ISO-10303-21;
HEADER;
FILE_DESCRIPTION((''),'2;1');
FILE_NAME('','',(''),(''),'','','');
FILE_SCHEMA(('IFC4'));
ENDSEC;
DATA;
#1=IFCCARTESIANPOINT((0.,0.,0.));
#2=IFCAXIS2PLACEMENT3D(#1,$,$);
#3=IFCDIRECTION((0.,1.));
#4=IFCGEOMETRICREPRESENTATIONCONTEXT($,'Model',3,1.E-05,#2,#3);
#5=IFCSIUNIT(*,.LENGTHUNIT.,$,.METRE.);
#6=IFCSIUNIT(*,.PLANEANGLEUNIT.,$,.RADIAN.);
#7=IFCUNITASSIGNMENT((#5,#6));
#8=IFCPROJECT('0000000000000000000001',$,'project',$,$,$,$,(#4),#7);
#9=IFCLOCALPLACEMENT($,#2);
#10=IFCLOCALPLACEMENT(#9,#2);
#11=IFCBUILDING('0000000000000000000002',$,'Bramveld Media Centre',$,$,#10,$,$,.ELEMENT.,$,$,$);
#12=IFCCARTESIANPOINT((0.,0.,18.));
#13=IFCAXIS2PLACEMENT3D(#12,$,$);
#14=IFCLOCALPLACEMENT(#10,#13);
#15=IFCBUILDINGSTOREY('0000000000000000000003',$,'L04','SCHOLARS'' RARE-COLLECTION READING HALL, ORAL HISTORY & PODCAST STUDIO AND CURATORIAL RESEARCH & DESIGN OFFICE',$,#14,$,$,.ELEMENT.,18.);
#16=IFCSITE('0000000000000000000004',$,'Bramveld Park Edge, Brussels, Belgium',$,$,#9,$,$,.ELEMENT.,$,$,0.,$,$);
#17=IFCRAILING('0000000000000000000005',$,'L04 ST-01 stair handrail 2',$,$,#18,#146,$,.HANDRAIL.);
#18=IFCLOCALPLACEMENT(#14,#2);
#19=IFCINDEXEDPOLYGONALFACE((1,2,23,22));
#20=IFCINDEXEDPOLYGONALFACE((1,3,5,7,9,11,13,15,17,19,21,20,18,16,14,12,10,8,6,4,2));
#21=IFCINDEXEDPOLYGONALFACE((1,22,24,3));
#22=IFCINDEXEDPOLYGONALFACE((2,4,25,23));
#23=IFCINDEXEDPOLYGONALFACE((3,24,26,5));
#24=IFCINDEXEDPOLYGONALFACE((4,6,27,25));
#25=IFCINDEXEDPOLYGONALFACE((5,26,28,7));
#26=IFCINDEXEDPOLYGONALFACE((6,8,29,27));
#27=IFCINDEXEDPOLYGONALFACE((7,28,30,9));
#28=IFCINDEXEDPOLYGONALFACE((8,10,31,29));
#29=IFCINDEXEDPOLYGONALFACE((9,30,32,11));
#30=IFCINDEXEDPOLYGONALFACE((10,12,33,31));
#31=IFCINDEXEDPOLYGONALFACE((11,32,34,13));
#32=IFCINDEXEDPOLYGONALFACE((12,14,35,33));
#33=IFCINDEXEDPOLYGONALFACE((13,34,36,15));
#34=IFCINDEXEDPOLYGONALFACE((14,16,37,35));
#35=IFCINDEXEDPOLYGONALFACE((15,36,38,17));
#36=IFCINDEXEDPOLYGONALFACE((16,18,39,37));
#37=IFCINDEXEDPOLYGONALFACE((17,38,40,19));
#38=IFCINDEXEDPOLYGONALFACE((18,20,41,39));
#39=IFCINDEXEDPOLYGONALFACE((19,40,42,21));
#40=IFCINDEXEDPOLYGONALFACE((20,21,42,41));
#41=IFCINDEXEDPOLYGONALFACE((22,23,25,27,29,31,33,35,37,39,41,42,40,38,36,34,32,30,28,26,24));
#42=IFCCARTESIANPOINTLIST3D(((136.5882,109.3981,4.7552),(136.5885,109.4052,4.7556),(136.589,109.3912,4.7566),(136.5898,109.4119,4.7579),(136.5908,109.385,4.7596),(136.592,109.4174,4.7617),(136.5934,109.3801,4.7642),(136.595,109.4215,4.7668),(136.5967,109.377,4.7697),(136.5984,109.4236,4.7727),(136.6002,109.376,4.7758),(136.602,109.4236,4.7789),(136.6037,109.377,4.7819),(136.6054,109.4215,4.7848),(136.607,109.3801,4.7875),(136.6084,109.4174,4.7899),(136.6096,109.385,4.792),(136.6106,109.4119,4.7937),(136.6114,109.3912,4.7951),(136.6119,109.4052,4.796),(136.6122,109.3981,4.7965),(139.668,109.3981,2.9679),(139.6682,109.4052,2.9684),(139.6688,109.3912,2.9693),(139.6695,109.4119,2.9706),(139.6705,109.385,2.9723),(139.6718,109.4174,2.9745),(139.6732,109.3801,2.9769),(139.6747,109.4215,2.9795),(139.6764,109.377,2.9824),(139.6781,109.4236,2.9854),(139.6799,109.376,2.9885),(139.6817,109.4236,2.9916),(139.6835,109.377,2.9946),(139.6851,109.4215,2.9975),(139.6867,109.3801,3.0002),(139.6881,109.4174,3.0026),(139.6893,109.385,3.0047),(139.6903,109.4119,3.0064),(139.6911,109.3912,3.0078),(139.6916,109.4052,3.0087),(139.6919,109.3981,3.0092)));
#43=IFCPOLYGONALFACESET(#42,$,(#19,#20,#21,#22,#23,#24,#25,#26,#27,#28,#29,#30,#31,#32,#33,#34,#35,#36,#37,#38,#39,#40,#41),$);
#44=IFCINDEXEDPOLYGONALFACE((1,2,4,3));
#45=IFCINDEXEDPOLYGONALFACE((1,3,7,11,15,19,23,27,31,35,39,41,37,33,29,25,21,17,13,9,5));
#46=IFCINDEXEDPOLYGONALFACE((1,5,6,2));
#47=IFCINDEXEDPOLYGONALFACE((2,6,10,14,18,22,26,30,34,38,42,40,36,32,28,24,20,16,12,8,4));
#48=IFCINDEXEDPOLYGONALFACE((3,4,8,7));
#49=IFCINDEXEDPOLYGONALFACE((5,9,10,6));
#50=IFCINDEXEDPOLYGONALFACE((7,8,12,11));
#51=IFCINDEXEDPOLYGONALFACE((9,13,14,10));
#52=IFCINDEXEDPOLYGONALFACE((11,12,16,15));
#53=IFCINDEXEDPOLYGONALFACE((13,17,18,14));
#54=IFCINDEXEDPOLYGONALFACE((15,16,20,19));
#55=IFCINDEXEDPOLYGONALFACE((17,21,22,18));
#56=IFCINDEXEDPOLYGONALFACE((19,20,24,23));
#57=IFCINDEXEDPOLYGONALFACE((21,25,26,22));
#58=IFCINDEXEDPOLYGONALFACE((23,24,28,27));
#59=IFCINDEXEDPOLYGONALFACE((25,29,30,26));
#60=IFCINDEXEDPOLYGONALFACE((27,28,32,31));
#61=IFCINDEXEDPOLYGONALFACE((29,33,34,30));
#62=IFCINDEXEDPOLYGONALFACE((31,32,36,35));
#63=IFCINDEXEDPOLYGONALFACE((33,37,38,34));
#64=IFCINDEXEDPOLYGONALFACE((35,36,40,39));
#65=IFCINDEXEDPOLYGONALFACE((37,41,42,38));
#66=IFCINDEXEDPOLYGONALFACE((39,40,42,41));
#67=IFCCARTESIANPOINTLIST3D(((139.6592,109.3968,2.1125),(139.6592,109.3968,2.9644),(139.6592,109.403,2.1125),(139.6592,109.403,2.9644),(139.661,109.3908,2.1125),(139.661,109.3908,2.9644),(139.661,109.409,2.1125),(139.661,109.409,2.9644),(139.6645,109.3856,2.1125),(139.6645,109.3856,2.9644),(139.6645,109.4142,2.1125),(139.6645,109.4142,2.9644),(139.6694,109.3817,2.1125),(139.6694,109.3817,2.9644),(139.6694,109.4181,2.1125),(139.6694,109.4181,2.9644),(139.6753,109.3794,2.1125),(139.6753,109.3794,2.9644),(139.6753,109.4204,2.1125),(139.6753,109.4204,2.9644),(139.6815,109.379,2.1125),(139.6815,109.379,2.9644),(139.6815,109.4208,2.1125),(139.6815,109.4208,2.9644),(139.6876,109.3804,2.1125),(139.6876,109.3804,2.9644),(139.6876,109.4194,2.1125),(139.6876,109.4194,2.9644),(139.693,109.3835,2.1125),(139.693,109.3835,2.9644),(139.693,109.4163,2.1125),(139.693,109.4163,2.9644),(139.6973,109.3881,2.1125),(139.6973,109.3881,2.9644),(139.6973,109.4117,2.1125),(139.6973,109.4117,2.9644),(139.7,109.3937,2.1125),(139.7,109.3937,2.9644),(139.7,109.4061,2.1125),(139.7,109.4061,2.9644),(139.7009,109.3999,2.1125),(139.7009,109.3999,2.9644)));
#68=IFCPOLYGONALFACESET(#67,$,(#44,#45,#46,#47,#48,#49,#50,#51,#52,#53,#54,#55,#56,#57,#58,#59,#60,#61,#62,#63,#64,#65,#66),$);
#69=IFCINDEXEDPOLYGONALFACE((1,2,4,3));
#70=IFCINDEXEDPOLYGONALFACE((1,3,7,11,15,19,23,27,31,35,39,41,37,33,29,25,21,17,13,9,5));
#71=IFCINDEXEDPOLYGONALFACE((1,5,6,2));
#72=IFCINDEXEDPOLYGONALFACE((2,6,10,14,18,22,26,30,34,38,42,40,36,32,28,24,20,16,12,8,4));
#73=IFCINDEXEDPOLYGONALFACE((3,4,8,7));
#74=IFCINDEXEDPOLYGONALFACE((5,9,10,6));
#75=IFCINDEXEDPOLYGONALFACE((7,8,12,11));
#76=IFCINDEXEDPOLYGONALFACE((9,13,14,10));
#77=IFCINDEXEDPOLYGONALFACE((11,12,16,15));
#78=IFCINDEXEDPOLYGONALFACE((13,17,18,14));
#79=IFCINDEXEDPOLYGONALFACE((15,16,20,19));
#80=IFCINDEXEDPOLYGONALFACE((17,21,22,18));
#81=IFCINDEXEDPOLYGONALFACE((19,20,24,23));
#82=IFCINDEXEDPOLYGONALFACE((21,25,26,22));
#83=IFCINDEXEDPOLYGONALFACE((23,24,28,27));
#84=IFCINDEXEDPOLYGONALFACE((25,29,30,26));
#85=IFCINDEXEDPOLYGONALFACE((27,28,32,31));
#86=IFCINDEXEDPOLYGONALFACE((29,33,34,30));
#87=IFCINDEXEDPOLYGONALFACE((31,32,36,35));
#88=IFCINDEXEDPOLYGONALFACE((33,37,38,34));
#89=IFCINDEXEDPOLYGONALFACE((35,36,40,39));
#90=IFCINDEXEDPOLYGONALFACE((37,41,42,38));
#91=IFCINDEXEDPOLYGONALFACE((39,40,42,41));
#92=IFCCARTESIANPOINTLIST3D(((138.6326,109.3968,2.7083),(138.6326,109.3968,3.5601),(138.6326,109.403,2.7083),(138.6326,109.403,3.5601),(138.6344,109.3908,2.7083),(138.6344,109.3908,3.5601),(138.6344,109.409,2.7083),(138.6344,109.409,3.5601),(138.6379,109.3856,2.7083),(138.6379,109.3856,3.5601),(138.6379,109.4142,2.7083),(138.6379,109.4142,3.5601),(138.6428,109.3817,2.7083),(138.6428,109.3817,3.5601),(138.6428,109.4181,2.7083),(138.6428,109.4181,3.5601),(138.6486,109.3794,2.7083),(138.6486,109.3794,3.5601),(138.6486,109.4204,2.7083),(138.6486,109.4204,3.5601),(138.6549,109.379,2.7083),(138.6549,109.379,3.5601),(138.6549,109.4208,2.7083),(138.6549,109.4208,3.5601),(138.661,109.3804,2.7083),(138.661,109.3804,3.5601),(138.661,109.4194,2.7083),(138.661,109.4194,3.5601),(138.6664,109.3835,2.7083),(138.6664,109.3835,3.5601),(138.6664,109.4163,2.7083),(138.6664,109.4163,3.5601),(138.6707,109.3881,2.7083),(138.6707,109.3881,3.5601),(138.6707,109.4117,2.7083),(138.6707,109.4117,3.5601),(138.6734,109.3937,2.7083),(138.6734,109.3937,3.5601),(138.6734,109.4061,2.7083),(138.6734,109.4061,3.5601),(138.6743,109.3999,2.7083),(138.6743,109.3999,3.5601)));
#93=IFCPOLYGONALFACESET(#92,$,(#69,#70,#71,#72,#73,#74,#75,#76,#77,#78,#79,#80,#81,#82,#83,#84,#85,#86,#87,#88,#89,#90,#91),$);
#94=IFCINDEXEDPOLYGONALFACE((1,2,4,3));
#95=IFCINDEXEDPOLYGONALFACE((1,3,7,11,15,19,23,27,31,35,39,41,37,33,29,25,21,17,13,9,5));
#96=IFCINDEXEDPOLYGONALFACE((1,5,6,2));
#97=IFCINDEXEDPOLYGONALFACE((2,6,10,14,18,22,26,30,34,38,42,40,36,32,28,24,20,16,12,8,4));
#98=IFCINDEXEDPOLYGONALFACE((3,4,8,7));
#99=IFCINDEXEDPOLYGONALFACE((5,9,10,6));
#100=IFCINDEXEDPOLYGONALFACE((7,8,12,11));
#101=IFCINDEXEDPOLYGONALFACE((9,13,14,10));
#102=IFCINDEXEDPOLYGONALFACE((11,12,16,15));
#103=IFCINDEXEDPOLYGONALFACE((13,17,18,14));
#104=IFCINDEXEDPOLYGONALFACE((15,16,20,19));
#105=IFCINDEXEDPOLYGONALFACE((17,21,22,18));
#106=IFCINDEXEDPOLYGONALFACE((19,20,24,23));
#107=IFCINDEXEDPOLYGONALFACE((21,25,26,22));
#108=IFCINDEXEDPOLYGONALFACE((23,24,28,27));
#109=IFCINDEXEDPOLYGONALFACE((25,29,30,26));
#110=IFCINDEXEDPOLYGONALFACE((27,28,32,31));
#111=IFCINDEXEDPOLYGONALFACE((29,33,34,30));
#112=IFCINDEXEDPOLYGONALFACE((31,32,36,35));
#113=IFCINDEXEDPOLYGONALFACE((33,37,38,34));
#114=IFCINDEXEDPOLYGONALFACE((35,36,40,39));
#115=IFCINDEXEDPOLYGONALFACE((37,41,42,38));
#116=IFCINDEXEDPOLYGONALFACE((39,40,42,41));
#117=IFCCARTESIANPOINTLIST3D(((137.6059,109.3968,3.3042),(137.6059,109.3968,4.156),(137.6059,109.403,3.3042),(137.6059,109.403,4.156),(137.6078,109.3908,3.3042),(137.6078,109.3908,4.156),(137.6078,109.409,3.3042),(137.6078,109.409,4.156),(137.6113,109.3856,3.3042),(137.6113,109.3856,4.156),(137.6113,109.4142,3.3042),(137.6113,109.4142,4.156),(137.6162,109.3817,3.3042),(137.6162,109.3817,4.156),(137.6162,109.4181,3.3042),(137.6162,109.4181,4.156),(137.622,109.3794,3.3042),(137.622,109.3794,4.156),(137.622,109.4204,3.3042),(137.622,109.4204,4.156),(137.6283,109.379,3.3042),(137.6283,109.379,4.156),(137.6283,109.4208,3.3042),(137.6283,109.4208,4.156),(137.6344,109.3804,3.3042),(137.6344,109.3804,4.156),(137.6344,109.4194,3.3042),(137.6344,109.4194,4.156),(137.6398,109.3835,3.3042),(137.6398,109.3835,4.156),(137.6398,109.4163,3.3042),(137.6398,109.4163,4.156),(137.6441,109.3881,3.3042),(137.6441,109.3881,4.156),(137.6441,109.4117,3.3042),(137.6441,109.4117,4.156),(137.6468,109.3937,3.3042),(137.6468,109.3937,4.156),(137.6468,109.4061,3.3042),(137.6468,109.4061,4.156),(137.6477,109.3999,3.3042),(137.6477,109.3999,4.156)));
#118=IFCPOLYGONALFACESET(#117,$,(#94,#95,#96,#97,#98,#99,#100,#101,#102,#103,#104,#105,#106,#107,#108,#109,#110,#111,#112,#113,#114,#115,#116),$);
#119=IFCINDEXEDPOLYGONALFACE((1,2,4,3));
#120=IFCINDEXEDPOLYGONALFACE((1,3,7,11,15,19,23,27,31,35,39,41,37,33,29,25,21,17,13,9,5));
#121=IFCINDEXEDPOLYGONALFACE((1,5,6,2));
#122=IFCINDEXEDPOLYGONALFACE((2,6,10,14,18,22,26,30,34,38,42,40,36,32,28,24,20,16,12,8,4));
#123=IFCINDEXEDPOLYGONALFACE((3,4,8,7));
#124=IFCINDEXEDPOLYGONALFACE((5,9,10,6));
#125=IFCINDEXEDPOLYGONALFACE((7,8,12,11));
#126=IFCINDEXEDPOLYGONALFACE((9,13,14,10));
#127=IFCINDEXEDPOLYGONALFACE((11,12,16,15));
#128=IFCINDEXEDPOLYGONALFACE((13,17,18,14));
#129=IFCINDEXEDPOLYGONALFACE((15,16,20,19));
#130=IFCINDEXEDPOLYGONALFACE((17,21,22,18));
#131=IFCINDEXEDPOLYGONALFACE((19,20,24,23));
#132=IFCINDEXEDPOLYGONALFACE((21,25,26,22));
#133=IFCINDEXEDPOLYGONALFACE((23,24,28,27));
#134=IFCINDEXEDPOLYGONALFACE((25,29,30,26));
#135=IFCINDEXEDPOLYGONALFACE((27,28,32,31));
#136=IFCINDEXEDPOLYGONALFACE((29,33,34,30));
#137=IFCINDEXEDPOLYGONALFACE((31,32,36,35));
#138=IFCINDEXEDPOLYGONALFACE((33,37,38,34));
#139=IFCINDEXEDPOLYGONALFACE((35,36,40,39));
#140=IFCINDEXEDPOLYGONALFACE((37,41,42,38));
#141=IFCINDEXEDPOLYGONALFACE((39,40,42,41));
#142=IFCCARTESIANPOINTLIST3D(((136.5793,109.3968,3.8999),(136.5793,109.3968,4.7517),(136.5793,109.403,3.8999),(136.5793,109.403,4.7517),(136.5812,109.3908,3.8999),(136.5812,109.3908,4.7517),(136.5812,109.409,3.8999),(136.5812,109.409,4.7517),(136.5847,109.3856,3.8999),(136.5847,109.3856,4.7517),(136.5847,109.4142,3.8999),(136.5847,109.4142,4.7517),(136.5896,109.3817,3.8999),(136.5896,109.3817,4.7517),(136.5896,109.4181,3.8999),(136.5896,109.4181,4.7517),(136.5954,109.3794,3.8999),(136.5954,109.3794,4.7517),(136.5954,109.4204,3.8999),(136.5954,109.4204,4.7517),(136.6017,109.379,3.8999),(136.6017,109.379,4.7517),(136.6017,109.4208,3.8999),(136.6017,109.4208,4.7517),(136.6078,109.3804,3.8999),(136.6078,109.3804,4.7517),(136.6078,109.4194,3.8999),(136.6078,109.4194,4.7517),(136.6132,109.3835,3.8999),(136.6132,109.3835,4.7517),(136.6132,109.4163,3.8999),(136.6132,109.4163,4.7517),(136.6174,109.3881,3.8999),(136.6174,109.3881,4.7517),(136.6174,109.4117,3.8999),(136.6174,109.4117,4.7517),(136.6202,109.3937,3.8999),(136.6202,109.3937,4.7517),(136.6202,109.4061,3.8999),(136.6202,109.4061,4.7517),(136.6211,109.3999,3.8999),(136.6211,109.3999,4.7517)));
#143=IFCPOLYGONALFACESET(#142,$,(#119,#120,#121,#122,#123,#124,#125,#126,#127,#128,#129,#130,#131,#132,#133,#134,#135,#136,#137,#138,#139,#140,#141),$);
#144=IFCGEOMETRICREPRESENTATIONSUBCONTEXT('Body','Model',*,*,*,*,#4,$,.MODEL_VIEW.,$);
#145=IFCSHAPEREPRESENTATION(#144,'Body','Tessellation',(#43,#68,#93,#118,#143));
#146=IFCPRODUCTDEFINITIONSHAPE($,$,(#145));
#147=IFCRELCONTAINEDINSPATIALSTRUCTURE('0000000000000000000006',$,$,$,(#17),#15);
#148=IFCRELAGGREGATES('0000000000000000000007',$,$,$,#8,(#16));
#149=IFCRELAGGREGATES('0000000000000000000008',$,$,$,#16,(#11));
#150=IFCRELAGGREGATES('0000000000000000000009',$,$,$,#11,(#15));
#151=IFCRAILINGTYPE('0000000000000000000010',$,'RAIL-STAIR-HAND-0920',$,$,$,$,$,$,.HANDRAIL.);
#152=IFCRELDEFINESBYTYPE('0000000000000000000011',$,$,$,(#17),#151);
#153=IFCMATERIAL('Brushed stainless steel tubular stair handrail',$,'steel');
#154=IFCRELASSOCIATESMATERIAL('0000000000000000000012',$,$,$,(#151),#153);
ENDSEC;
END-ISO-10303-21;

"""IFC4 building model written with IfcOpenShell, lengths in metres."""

from ifc_helpers import new_model, si_unit, direction, frame, origin, origin_2d, place, context, subcontext, project, spatial, circle, extrude, material, type_object, element, save


model = new_model("IFC4")

# Units and contexts
model_context = context("Model", 3, precision=1e-05, world=origin(), true_north=direction((0.0, 1.0)))
body_context = subcontext(model_context, "Body", "Model", "MODEL_VIEW")
ifc_project = project(units=[si_unit("LENGTHUNIT", "METRE"), si_unit("PLANEANGLEUNIT", "RADIAN")], contexts=[model_context])

# Site, building, storey
site_placement = place(None, origin())
site = spatial("IfcSite", under=ifc_project, at=site_placement, Name="Bramveld Park Edge, Brussels, Belgium", CompositionType="ELEMENT", RefElevation=0.0)
building_placement = place(site_placement, origin())
building = spatial("IfcBuilding", under=site, at=building_placement, Name="Bramveld Media Centre", CompositionType="ELEMENT")
storey_placement = place(building_placement, frame((0.0, 0.0, 18.0)))
storey = spatial("IfcBuildingStorey", under=building, at=storey_placement, Name="L04", Description="SCHOLARS' RARE-COLLECTION READING HALL, ORAL HISTORY & PODCAST STUDIO AND CURATORIAL RESEARCH & DESIGN OFFICE", CompositionType="ELEMENT", Elevation=18.0)

# Railing
ifc_material_1 = material(Name="Brushed stainless steel tubular stair handrail", Category="steel")
railing_type_1 = type_object("IfcRailingType", Name="RAIL-STAIR-HAND-0920", PredefinedType="HANDRAIL", material=ifc_material_1)
railing_1_placement = place(storey_placement, frame((139.6799, 109.3999, 2.1125)))
element("IfcRailing", 1, at=railing_1_placement, inside=storey, type_object=railing_type_1, Name="L04 ST-01 stair handrail 2", PredefinedType="HANDRAIL", context=body_context, shape_type="SweptSolid", body=[
    extrude(circle(Radius=0.0239, at=origin_2d()), frame((0.0, 0.0, 0.876), z_axis=(-0.864903, 0.0, 0.501939), x_axis=(0.0, -1.0, 0.0)), (0.0, 0.0, 1.0), 3.5608),
    extrude(circle(Radius=0.021, at=origin_2d()), origin(), (0.0, 0.0, 1.0), 0.8518),
    extrude(circle(Radius=0.021, at=origin_2d()), frame((-1.0266, 0.0, 0.5957)), (0.0, 0.0, 1.0), 0.8518),
    extrude(circle(Radius=0.021, at=origin_2d()), frame((-2.0532, 0.0, 1.1917)), (0.0, 0.0, 1.0), 0.8518),
    extrude(circle(Radius=0.021, at=origin_2d()), frame((-3.0798, 0.0, 1.7874)), (0.0, 0.0, 1.0), 0.8518),
])

save(model, "model.ifc")
